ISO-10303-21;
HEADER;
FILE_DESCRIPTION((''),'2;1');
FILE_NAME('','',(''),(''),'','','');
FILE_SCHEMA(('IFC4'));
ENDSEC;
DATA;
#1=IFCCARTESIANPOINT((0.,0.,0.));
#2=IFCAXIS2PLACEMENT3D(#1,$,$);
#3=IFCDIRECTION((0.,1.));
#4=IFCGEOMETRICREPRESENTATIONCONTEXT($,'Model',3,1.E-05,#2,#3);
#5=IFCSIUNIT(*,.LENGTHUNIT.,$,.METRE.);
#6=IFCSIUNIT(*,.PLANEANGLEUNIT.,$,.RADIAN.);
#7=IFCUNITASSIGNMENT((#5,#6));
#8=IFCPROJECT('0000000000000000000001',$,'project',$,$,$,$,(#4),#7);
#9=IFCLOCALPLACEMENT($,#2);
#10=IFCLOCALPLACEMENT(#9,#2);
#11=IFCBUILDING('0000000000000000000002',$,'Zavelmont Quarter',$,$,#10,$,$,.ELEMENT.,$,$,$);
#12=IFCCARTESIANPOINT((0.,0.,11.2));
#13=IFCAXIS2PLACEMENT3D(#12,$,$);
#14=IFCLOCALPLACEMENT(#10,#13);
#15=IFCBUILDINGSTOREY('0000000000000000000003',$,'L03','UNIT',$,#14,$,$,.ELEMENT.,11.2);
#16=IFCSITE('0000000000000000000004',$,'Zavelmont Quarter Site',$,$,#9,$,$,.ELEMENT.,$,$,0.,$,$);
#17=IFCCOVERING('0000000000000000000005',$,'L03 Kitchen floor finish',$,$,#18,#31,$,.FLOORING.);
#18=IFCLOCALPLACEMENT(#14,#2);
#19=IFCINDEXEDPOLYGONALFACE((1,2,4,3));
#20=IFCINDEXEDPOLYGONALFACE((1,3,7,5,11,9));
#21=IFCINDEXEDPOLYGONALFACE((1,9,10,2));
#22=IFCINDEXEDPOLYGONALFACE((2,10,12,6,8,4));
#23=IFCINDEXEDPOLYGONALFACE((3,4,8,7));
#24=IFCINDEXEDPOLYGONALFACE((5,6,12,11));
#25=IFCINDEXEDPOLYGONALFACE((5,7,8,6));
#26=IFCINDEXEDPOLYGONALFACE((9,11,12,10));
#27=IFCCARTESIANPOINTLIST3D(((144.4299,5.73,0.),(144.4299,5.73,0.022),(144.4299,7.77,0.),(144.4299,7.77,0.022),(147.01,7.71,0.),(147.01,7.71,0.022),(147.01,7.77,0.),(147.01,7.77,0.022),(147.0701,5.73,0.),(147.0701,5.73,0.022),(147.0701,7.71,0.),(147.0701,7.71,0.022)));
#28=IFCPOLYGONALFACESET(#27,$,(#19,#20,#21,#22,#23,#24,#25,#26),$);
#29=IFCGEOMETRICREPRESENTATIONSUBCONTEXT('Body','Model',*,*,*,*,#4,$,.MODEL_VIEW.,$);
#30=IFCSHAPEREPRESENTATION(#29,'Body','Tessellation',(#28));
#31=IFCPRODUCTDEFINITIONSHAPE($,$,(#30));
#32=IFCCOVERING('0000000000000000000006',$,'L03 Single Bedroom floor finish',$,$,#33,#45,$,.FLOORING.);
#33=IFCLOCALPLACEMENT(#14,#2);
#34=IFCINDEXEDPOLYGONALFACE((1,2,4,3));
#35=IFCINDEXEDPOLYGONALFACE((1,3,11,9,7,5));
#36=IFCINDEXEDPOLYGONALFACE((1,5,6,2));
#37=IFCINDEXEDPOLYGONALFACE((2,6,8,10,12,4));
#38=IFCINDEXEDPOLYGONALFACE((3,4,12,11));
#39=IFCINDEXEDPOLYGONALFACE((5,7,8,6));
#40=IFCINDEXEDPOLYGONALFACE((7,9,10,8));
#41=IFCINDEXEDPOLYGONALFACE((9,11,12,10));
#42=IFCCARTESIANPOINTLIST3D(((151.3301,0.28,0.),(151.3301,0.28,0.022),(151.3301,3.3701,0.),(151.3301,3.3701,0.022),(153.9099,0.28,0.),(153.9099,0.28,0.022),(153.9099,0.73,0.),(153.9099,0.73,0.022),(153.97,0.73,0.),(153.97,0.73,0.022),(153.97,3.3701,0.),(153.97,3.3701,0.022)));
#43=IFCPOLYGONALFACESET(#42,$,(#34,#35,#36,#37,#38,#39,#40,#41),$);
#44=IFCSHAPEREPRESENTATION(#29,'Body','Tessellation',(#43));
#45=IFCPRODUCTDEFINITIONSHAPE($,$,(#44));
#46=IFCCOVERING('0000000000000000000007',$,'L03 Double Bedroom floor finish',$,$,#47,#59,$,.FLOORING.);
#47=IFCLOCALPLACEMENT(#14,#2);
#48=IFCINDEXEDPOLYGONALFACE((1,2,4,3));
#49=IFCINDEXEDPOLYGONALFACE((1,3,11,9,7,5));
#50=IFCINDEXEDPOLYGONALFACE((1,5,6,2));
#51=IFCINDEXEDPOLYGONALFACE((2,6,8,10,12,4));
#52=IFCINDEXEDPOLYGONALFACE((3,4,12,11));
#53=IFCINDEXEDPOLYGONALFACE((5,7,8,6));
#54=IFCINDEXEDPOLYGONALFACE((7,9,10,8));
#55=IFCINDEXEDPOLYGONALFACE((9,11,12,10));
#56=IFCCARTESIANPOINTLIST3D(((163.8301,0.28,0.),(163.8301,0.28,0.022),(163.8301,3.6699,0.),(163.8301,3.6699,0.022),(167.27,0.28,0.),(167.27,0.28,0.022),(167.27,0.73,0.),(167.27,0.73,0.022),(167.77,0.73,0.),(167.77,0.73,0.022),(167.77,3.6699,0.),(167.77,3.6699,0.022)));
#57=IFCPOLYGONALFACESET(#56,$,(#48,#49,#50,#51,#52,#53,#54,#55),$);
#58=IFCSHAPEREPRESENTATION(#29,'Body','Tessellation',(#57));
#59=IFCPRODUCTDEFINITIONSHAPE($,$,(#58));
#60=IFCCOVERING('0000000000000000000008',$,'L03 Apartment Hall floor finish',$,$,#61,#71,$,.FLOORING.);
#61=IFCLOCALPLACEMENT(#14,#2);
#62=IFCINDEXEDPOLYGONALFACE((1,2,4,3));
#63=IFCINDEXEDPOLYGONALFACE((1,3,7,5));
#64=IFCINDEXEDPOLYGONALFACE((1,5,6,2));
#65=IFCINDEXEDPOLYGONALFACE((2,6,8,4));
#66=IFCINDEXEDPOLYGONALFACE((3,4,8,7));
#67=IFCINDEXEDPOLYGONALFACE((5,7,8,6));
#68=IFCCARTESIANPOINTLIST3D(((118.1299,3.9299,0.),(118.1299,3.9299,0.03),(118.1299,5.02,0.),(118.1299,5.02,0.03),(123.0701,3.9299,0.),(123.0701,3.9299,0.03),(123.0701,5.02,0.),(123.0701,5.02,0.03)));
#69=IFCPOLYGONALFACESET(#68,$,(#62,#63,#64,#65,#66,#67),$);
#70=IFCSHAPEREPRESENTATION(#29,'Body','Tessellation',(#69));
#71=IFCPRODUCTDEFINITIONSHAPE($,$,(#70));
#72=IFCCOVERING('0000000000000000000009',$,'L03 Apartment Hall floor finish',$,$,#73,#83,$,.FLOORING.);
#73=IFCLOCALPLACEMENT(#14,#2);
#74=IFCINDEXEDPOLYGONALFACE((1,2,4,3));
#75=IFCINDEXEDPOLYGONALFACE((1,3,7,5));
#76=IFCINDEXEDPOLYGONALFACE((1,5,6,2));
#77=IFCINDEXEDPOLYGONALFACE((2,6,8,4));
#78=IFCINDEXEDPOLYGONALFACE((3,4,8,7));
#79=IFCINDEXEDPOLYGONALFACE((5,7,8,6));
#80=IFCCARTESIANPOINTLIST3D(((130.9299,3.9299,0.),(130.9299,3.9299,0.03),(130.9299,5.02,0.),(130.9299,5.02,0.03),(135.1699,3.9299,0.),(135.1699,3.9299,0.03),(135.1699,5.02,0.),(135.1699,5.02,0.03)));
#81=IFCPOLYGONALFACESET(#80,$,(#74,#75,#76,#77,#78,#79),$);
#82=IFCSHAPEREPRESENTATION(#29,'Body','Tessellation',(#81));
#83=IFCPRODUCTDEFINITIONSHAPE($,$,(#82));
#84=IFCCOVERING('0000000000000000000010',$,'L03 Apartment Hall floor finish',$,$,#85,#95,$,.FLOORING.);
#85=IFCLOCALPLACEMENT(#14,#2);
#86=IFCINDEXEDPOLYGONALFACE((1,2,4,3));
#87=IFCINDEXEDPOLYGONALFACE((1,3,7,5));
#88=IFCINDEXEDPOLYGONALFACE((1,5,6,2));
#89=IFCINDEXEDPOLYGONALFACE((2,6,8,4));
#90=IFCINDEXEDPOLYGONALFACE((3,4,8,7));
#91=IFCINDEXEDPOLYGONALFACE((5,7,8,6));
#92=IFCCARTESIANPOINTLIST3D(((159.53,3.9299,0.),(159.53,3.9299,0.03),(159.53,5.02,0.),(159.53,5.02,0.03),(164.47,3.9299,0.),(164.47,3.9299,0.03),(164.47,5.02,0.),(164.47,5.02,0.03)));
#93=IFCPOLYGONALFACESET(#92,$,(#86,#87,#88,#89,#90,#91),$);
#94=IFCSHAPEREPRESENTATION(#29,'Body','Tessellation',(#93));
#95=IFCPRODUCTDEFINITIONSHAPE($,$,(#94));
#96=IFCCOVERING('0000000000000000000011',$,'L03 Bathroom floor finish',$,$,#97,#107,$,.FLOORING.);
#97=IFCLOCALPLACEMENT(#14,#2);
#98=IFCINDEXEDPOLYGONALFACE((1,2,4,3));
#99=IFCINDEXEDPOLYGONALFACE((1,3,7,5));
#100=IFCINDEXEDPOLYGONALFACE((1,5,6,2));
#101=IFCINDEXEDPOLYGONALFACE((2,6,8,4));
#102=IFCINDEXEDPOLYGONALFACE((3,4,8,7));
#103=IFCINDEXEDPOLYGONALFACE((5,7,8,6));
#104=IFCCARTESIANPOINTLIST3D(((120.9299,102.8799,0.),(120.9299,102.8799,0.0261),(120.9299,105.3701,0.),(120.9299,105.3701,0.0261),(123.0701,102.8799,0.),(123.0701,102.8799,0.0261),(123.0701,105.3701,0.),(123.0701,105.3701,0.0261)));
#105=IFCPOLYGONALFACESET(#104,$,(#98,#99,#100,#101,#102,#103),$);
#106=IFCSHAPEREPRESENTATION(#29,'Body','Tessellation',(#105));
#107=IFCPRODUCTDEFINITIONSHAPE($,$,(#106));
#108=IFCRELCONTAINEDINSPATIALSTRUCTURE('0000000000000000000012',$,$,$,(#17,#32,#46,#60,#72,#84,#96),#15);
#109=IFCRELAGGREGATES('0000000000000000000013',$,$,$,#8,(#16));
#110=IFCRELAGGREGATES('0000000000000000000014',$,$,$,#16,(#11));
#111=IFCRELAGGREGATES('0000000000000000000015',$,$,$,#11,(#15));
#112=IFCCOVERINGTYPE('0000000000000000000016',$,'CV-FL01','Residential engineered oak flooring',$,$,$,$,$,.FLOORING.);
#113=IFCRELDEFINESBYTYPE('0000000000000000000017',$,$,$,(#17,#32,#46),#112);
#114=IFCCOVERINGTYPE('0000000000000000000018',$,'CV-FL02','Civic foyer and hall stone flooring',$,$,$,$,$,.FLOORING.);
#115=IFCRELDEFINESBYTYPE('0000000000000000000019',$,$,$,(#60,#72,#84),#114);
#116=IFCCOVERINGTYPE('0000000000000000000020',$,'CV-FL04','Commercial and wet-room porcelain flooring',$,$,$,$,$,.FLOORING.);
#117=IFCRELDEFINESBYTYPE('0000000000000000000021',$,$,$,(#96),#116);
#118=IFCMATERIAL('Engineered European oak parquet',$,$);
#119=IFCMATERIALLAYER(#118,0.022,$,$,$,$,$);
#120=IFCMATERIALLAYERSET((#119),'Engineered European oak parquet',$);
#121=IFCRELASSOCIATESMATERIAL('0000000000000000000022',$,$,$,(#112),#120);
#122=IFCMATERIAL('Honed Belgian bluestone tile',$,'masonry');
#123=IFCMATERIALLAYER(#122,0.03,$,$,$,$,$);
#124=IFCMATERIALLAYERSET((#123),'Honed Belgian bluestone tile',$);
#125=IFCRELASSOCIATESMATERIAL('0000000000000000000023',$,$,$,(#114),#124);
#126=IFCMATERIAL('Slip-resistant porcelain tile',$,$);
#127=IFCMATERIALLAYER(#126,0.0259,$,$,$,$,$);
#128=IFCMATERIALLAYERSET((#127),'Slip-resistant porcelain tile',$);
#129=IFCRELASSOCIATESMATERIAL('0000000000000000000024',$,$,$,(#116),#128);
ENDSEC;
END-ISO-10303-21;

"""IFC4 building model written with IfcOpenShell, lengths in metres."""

from ifc_helpers import new_model, si_unit, direction, frame, origin, place, context, subcontext, project, spatial, polyline, outline, extrude, material, layer, layer_set, type_object, element, save


model = new_model("IFC4")

# Units and contexts
model_context = context("Model", 3, precision=1e-05, world=origin(), true_north=direction((0.0, 1.0)))
body_context = subcontext(model_context, "Body", "Model", "MODEL_VIEW")
ifc_project = project(units=[si_unit("LENGTHUNIT", "METRE"), si_unit("PLANEANGLEUNIT", "RADIAN")], contexts=[model_context])

# Site, building, storey
site_placement = place(None, origin())
site = spatial("IfcSite", under=ifc_project, at=site_placement, Name="Zavelmont Quarter Site", CompositionType="ELEMENT", RefElevation=0.0)
building_placement = place(site_placement, origin())
building = spatial("IfcBuilding", under=site, at=building_placement, Name="Zavelmont Quarter", CompositionType="ELEMENT")
storey_placement = place(building_placement, frame((0.0, 0.0, 11.2)))
storey = spatial("IfcBuildingStorey", under=building, at=storey_placement, Name="L03", Description="UNIT", CompositionType="ELEMENT", Elevation=11.2)

# Coverings
ifc_material_1 = material(Name="Engineered European oak parquet")
ifc_layer_1 = layer(ifc_material_1, 0.022)
ifc_layer_set_1 = layer_set([ifc_layer_1], Name="Engineered European oak parquet")
covering_type_1 = type_object("IfcCoveringType", Name="CV-FL01", Description="Residential engineered oak flooring", PredefinedType="FLOORING", material=ifc_layer_set_1)
covering_1_placement = place(storey_placement, origin())
element("IfcCovering", 1, at=covering_1_placement, inside=storey, type_object=covering_type_1, Name="L03 Kitchen floor finish", PredefinedType="FLOORING", context=body_context, shape_type="SweptSolid", body=[
    extrude(outline(polyline([(144.4299, 7.77), (147.01, 7.77), (147.01, 7.71), (147.0701, 7.71), (147.0701, 5.73), (144.4299, 5.73), (144.4299, 7.77)])), origin(), (0.0, 0.0, 1.0), 0.022),
])
covering_2_placement = place(storey_placement, origin())
element("IfcCovering", 2, at=covering_2_placement, inside=storey, type_object=covering_type_1, Name="L03 Single Bedroom floor finish", PredefinedType="FLOORING", context=body_context, shape_type="SweptSolid", body=[
    extrude(outline(polyline([(151.3301, 3.3701), (153.97, 3.3701), (153.97, 0.73), (153.9099, 0.73), (153.9099, 0.28), (151.3301, 0.28), (151.3301, 3.3701)])), origin(), (0.0, 0.0, 1.0), 0.022),
])
covering_3_placement = place(storey_placement, origin())
element("IfcCovering", 3, at=covering_3_placement, inside=storey, type_object=covering_type_1, Name="L03 Double Bedroom floor finish", PredefinedType="FLOORING", context=body_context, shape_type="SweptSolid", body=[
    extrude(outline(polyline([(163.8301, 3.6699), (167.77, 3.6699), (167.77, 0.73), (167.27, 0.73), (167.27, 0.28), (163.8301, 0.28), (163.8301, 3.6699)])), origin(), (0.0, 0.0, 1.0), 0.022),
])
ifc_material_2 = material(Name="Honed Belgian bluestone tile", Category="masonry")
ifc_layer_2 = layer(ifc_material_2, 0.03)
ifc_layer_set_2 = layer_set([ifc_layer_2], Name="Honed Belgian bluestone tile")
covering_type_2 = type_object("IfcCoveringType", Name="CV-FL02", Description="Civic foyer and hall stone flooring", PredefinedType="FLOORING", material=ifc_layer_set_2)
covering_4_placement = place(storey_placement, origin())
element("IfcCovering", 4, at=covering_4_placement, inside=storey, type_object=covering_type_2, Name="L03 Apartment Hall floor finish", PredefinedType="FLOORING", context=body_context, shape_type="SweptSolid", body=[
    extrude(outline(polyline([(118.1299, 5.02), (123.0701, 5.02), (123.0701, 3.9299), (118.1299, 3.9299), (118.1299, 5.02)])), origin(), (0.0, 0.0, 1.0), 0.03),
])
covering_5_placement = place(storey_placement, origin())
element("IfcCovering", 5, at=covering_5_placement, inside=storey, type_object=covering_type_2, Name="L03 Apartment Hall floor finish", PredefinedType="FLOORING", context=body_context, shape_type="SweptSolid", body=[
    extrude(outline(polyline([(130.9299, 5.02), (135.1699, 5.02), (135.1699, 3.9299), (130.9299, 3.9299), (130.9299, 5.02)])), origin(), (0.0, 0.0, 1.0), 0.03),
])
covering_6_placement = place(storey_placement, origin())
element("IfcCovering", 6, at=covering_6_placement, inside=storey, type_object=covering_type_2, Name="L03 Apartment Hall floor finish", PredefinedType="FLOORING", context=body_context, shape_type="SweptSolid", body=[
    extrude(outline(polyline([(159.53, 5.02), (164.47, 5.02), (164.47, 3.9299), (159.53, 3.9299), (159.53, 5.02)])), origin(), (0.0, 0.0, 1.0), 0.03),
])
ifc_material_3 = material(Name="Slip-resistant porcelain tile")
ifc_layer_3 = layer(ifc_material_3, 0.0259)
ifc_layer_set_3 = layer_set([ifc_layer_3], Name="Slip-resistant porcelain tile")
covering_type_3 = type_object("IfcCoveringType", Name="CV-FL04", Description="Commercial and wet-room porcelain flooring", PredefinedType="FLOORING", material=ifc_layer_set_3)
covering_7_placement = place(storey_placement, origin())
element("IfcCovering", 7, at=covering_7_placement, inside=storey, type_object=covering_type_3, Name="L03 Bathroom floor finish", PredefinedType="FLOORING", context=body_context, shape_type="SweptSolid", body=[
    extrude(outline(polyline([(120.9299, 105.3701), (123.0701, 105.3701), (123.0701, 102.8799), (120.9299, 102.8799), (120.9299, 105.3701)])), origin(), (0.0, 0.0, 1.0), 0.0261),
])

save(model, "model.ifc")
